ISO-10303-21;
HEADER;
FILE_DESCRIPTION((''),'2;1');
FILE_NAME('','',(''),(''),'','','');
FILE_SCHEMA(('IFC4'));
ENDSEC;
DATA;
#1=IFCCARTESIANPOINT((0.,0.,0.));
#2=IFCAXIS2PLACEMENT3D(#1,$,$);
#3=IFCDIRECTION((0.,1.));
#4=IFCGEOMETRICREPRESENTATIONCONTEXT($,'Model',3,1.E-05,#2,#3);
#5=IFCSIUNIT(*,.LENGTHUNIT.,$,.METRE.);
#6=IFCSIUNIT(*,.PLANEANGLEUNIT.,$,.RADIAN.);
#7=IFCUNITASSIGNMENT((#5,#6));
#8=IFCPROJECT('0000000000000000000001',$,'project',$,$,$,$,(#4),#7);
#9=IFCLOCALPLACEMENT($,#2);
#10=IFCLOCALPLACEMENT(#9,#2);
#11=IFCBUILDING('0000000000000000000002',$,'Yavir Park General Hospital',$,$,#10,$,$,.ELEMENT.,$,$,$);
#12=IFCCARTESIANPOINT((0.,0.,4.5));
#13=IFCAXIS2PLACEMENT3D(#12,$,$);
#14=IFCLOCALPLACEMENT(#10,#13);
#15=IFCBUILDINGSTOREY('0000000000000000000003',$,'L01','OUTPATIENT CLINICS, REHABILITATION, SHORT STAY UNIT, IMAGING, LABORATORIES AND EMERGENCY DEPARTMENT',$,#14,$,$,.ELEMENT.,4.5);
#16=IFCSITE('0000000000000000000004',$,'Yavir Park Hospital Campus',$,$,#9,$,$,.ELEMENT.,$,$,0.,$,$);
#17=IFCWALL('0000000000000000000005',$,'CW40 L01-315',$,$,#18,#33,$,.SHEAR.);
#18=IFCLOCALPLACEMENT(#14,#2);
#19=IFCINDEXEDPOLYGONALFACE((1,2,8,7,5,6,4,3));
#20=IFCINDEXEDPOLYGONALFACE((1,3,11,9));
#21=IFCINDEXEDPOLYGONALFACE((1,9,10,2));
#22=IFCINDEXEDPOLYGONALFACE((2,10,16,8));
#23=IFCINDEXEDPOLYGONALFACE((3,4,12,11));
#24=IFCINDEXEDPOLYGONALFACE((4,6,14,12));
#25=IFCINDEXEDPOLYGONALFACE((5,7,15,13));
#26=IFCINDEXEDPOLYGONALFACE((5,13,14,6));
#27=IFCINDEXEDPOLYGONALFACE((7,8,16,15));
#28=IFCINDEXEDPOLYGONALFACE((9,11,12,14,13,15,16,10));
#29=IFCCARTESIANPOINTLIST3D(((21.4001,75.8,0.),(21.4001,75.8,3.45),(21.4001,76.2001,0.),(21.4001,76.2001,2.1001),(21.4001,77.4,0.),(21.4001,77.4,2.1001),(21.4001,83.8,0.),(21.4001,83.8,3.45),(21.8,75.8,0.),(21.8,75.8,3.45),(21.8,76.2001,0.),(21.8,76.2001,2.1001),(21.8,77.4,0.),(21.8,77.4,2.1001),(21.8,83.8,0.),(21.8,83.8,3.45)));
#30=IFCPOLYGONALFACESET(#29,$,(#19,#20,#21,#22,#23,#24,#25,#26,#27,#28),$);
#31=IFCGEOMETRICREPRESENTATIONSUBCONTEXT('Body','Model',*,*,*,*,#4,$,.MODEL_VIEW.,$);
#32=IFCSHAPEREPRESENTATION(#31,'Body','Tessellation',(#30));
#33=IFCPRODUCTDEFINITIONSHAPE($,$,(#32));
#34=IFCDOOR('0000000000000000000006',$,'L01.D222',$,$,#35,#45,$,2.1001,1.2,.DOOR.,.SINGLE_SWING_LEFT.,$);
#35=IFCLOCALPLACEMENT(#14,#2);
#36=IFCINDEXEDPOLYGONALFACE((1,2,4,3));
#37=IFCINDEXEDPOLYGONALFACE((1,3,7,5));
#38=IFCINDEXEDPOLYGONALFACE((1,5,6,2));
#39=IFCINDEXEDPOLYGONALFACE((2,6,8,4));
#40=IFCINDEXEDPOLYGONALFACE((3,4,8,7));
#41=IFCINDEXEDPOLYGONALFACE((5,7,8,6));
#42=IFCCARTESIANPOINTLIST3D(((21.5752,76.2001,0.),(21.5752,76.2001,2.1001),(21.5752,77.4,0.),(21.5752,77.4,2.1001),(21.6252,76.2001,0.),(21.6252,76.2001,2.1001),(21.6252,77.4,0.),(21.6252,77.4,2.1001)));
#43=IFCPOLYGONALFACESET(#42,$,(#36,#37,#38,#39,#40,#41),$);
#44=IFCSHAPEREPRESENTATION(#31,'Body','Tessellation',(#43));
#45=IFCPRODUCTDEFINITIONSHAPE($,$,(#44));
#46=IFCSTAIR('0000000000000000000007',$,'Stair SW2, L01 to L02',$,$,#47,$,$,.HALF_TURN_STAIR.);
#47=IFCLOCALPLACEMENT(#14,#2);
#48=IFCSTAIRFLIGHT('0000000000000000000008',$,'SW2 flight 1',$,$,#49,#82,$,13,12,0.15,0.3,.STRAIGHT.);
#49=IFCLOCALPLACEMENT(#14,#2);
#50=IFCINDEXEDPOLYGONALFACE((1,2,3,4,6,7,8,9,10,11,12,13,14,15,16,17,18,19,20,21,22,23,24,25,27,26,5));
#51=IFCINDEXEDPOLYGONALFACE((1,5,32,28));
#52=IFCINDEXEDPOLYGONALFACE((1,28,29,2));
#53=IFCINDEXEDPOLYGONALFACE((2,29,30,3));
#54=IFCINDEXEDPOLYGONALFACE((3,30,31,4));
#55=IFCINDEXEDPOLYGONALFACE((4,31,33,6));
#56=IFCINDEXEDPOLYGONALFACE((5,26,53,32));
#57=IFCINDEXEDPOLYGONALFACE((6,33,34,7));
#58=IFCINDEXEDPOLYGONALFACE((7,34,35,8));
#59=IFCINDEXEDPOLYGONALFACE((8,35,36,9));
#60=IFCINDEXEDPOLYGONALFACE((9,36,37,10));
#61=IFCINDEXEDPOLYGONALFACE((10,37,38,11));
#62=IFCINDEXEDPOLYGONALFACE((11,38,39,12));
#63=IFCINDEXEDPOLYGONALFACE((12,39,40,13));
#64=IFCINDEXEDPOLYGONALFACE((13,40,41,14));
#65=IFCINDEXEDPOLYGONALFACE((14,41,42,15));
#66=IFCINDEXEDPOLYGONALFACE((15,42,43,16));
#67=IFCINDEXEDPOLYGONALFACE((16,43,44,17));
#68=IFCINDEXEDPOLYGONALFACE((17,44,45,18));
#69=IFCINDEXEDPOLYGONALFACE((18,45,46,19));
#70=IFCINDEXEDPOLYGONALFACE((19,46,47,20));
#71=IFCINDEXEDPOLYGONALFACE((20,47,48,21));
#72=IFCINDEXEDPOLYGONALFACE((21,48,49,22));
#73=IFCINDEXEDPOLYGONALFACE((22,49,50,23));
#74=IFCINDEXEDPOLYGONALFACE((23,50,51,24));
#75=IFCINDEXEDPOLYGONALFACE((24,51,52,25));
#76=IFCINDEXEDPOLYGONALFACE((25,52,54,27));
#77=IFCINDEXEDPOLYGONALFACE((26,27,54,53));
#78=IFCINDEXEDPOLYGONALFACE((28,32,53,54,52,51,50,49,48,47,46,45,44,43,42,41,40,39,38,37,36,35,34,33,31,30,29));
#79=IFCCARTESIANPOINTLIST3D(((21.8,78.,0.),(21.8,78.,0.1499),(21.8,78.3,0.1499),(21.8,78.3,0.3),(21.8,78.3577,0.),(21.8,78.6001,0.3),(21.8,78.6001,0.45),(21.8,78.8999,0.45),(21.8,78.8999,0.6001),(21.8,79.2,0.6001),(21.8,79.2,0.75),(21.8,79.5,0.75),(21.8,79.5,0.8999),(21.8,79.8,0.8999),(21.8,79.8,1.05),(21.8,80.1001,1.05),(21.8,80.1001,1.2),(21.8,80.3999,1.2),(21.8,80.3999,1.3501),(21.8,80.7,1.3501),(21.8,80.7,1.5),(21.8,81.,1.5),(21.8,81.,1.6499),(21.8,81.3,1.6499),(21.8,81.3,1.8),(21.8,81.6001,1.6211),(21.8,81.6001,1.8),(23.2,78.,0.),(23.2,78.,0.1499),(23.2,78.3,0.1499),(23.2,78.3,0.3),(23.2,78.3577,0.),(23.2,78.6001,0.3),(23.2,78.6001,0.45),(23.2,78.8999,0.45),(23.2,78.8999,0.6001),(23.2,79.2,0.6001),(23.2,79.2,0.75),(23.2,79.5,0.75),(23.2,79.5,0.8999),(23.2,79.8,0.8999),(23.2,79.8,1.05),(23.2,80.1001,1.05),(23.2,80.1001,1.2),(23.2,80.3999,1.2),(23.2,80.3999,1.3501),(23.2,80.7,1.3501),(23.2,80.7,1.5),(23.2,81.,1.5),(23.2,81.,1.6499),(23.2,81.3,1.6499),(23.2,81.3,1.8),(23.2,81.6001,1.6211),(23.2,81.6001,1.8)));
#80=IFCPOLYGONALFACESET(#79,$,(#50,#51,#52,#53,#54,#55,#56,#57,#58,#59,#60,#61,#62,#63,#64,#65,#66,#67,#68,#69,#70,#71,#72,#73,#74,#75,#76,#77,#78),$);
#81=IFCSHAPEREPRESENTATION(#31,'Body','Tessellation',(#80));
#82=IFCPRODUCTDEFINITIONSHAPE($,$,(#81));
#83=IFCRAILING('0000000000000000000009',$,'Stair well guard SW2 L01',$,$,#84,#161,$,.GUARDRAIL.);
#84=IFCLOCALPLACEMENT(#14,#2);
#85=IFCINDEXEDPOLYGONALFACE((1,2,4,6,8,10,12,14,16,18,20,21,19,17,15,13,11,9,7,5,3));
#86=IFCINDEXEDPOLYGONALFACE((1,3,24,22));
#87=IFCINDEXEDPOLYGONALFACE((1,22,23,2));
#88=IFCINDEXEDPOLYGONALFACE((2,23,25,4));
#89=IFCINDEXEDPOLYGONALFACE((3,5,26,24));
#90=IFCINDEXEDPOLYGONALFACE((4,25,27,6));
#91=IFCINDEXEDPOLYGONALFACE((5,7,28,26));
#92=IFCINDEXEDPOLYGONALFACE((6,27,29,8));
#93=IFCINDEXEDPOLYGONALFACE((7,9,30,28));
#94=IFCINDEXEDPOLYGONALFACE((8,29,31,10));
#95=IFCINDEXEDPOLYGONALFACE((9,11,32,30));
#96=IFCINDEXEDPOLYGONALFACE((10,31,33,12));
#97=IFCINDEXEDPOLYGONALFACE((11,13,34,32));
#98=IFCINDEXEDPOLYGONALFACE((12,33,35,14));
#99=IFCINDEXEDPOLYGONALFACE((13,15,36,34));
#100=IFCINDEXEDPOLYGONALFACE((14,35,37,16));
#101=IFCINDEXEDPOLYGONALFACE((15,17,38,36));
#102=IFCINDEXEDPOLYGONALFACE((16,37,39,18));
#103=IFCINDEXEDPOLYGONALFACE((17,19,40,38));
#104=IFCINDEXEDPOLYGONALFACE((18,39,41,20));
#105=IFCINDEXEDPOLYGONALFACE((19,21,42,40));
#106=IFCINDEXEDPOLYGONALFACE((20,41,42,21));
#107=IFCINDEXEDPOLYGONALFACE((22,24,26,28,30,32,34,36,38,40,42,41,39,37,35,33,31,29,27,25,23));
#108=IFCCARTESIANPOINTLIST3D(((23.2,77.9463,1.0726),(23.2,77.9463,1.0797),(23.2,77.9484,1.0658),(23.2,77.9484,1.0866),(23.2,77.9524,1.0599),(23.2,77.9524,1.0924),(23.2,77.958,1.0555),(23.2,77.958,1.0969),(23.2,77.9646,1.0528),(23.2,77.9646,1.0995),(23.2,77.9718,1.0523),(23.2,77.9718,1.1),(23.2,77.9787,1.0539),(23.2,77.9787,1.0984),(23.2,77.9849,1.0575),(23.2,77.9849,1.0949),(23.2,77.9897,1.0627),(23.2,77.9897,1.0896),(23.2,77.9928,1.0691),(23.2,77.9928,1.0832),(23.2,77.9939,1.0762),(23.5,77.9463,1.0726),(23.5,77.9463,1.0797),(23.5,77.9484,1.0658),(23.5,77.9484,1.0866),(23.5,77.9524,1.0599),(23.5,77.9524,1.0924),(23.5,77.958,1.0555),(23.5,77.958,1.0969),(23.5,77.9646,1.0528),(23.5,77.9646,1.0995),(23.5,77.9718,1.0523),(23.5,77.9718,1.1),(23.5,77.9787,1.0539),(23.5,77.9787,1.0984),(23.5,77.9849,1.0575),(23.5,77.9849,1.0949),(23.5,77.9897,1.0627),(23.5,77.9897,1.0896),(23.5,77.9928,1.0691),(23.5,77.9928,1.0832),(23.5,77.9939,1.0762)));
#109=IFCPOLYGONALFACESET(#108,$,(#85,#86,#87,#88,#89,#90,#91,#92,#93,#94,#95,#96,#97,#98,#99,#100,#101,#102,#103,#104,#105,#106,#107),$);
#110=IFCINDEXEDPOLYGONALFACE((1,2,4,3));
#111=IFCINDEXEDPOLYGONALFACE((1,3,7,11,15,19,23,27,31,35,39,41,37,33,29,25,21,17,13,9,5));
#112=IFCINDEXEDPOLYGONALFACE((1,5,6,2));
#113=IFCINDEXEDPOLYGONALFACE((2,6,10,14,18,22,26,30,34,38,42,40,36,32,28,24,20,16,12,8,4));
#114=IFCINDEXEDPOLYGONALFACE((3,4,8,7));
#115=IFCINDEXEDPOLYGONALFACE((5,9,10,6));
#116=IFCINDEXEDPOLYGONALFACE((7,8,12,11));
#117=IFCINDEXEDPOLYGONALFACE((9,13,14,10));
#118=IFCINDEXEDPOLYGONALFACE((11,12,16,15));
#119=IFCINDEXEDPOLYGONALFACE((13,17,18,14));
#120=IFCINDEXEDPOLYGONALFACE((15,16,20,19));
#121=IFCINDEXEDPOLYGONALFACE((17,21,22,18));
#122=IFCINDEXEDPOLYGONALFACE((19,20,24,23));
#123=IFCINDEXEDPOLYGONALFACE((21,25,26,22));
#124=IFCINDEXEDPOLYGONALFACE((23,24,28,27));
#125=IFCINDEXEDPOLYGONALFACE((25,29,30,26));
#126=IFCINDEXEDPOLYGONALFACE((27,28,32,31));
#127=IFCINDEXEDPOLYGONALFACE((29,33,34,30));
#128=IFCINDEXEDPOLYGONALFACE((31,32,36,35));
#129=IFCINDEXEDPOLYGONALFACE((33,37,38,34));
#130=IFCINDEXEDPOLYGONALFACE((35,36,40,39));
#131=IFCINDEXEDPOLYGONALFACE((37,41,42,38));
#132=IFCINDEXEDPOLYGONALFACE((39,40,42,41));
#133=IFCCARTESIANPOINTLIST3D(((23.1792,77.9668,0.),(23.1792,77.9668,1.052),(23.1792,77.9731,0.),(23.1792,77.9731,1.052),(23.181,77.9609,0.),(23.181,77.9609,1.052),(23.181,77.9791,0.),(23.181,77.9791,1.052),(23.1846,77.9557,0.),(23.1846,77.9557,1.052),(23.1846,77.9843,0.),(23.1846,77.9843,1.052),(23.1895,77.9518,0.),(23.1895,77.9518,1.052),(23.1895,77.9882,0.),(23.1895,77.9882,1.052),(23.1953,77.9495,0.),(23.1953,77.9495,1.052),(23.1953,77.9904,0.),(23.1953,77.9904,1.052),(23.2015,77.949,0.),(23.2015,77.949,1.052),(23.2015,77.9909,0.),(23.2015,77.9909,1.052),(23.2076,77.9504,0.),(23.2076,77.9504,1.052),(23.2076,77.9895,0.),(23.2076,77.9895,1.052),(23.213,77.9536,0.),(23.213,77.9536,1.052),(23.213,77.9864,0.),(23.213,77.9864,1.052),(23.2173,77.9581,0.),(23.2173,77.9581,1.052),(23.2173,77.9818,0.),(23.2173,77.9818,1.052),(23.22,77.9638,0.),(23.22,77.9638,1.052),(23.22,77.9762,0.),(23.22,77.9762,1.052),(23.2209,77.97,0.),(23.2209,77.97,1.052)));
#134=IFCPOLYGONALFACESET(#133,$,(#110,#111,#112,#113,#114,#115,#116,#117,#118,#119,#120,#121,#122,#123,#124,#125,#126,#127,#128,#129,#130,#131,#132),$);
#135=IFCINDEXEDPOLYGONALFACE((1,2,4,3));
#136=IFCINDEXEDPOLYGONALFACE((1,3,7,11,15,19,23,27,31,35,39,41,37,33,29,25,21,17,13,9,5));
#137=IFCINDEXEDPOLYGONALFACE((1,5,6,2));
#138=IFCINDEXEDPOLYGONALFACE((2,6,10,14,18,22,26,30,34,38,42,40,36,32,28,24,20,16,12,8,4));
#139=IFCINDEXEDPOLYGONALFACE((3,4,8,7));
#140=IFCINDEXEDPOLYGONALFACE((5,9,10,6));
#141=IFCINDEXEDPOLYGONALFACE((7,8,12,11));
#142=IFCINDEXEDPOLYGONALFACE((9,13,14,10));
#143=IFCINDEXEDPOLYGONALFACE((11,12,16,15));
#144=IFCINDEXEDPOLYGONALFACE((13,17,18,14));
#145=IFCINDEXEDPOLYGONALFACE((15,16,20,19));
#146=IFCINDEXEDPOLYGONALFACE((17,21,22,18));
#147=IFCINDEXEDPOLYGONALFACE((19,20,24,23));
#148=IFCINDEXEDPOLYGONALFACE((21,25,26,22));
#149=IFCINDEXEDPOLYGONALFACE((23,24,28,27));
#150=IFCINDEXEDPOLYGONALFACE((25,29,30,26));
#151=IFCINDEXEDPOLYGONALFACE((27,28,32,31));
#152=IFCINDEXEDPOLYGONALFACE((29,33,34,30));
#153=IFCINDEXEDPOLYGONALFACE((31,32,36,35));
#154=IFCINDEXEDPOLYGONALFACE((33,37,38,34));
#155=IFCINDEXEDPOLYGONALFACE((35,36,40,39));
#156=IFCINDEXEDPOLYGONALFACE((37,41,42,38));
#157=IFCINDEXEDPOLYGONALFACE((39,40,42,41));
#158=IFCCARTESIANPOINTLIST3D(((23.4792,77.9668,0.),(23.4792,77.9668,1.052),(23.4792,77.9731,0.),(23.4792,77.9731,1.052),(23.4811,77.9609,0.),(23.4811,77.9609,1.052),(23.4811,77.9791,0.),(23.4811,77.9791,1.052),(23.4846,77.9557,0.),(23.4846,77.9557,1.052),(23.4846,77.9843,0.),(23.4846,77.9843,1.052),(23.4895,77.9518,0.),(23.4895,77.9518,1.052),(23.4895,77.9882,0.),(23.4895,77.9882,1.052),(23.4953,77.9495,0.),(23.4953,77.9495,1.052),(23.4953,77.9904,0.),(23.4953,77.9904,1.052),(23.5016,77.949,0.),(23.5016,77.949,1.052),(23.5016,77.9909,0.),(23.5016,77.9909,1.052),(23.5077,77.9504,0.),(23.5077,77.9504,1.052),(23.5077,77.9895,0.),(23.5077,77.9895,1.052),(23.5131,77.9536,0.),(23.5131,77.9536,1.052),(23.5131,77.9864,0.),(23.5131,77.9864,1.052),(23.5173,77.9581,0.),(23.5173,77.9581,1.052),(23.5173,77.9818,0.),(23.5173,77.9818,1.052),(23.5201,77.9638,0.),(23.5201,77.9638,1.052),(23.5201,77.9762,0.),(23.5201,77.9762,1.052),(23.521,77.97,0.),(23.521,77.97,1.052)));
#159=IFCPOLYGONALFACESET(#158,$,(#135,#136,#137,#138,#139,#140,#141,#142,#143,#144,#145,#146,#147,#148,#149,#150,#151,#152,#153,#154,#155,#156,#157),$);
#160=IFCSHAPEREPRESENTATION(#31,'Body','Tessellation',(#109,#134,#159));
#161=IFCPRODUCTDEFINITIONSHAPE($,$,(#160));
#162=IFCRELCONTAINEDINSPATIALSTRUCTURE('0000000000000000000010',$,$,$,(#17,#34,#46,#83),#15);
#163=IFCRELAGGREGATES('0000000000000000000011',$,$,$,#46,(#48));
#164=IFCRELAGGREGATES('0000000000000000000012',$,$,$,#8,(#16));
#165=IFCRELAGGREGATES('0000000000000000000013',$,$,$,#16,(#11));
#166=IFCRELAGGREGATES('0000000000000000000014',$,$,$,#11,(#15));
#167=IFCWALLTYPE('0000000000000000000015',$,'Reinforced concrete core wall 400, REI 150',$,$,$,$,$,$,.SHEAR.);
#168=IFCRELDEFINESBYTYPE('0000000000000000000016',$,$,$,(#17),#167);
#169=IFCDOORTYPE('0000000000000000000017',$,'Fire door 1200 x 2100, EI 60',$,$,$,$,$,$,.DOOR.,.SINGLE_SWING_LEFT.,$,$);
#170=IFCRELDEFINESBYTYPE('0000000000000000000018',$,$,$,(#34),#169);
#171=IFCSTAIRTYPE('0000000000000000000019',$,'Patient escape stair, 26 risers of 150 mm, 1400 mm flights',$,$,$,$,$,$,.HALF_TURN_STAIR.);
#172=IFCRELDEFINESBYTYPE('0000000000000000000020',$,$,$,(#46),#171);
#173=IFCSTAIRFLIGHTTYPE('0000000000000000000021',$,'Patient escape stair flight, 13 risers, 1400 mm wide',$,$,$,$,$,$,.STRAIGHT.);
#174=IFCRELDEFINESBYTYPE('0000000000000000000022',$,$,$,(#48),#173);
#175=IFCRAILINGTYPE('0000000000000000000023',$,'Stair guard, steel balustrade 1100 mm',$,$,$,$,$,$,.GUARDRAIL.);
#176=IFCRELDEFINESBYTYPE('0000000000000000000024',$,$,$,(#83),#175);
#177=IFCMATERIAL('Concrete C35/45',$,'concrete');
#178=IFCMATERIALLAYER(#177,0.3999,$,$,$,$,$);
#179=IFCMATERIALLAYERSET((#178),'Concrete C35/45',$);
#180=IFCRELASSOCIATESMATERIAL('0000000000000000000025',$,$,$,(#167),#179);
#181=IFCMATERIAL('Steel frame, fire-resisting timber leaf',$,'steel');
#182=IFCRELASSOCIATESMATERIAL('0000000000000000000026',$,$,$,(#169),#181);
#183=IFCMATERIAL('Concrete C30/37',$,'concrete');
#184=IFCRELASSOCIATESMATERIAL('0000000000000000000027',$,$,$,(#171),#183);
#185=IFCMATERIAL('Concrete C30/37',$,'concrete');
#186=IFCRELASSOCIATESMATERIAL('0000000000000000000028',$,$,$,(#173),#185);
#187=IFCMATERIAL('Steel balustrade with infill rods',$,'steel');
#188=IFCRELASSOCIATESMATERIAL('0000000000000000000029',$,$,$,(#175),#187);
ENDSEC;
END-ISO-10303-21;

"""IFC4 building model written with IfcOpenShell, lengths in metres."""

from ifc_helpers import new_model, si_unit, direction, frame, frame_2d, origin, origin_2d, place, context, subcontext, project, spatial, polyline, rectangle, circle, outline, extrude, material, layer, layer_set, type_object, element, fill, aggregate, save


model = new_model("IFC4")

# Units and contexts
model_context = context("Model", 3, precision=1e-05, world=origin(), true_north=direction((0.0, 1.0)))
body_context = subcontext(model_context, "Body", "Model", "MODEL_VIEW")
ifc_project = project(units=[si_unit("LENGTHUNIT", "METRE"), si_unit("PLANEANGLEUNIT", "RADIAN")], contexts=[model_context])

# Site, building, storey
site_placement = place(None, origin())
site = spatial("IfcSite", under=ifc_project, at=site_placement, Name="Yavir Park Hospital Campus", CompositionType="ELEMENT", RefElevation=0.0)
building_placement = place(site_placement, origin())
building = spatial("IfcBuilding", under=site, at=building_placement, Name="Yavir Park General Hospital", CompositionType="ELEMENT")
storey_placement = place(building_placement, frame((0.0, 0.0, 4.5)))
storey = spatial("IfcBuildingStorey", under=building, at=storey_placement, Name="L01", Description="OUTPATIENT CLINICS, REHABILITATION, SHORT STAY UNIT, IMAGING, LABORATORIES AND EMERGENCY DEPARTMENT", CompositionType="ELEMENT", Elevation=4.5)

# Shared definitions
ifc_material_1 = material(Name="Concrete C35/45", Category="concrete")
ifc_layer_1 = layer(ifc_material_1, 0.3999)
ifc_layer_set_1 = layer_set([ifc_layer_1], Name="Concrete C35/45")
wall_type_1 = type_object("IfcWallType", Name="Reinforced concrete core wall 400, REI 150", PredefinedType="SHEAR", material=ifc_layer_set_1)

# Wall, opening, door
wall_1_placement = place(storey_placement, frame((21.6001, 75.8, 0.0), z_axis=(0.0, 0.0, 1.0), x_axis=(0.0, 1.0, 0.0)))
wall_1 = element("IfcWall", 1, at=wall_1_placement, inside=storey, type_object=wall_type_1, Name="CW40 L01-315", PredefinedType="SHEAR", context=body_context, shape_type="SweptSolid", body=[
    extrude(rectangle(XDim=8.0, YDim=0.3999, at=frame_2d((4.0, 0.0))), origin(), (0.0, 0.0, 1.0), 3.45),
])
opening_1_placement = place(wall_1_placement, frame((0.3999, 0.0, 0.0)))
opening_1 = element("IfcOpeningElement", 2, at=opening_1_placement, cuts=wall_1, PredefinedType="OPENING", context=body_context, shape_type="SweptSolid", body=[
    extrude(rectangle(XDim=1.2, YDim=2.1001, at=frame_2d((0.6001, 1.05))), frame((0.0, 0.21, 0.0), z_axis=(0.0, -1.0, 0.0), x_axis=(1.0, 0.0, 0.0)), (0.0, 0.0, 1.0), 0.4199),
])
ifc_material_2 = material(Name="Steel frame, fire-resisting timber leaf", Category="steel")
door_type_1 = type_object("IfcDoorType", Name="Fire door 1200 x 2100, EI 60", OperationType="SINGLE_SWING_LEFT", PredefinedType="DOOR", material=ifc_material_2)
door_1_placement = place(opening_1_placement, origin())
door_1 = element("IfcDoor", 3, at=door_1_placement, inside=storey, type_object=door_type_1, Name="L01.D222", OperationType="SINGLE_SWING_LEFT", OverallHeight=2.1001, OverallWidth=1.2, PredefinedType="DOOR", context=body_context, shape_type="SweptSolid", body=[
    extrude(rectangle(XDim=1.2, YDim=2.1001, at=frame_2d((0.6001, 1.05))), frame((0.0, 0.0249, 0.0), z_axis=(0.0, -1.0, 0.0), x_axis=(1.0, 0.0, 0.0)), (0.0, 0.0, 1.0), 0.05),
])
fill(opening_1, door_1)

# Stair, stair flight
ifc_material_3 = material(Name="Concrete C30/37", Category="concrete")
stair_type = type_object("IfcStairType", Name="Patient escape stair, 26 risers of 150 mm, 1400 mm flights", PredefinedType="HALF_TURN_STAIR", material=ifc_material_3)
stair_placement = place(storey_placement, origin())
stair = element("IfcStair", 4, at=stair_placement, inside=storey, type_object=stair_type, Name="Stair SW2, L01 to L02", PredefinedType="HALF_TURN_STAIR")
ifc_material_4 = material(Name="Concrete C30/37", Category="concrete")
stair_flight_type = type_object("IfcStairFlightType", Name="Patient escape stair flight, 13 risers, 1400 mm wide", PredefinedType="STRAIGHT", material=ifc_material_4)
stair_flight_placement = place(storey_placement, frame((22.5, 78.0, 0.0), z_axis=(0.0, 0.0, 1.0), x_axis=(0.0, 1.0, 0.0)))
stair_flight = element("IfcStairFlight", 5, at=stair_flight_placement, type_object=stair_flight_type, Name="SW2 flight 1", NumberOfRisers=13, NumberOfTreads=12, PredefinedType="STRAIGHT", RiserHeight=0.15, TreadLength=0.3, context=body_context, shape_type="SweptSolid", body=[
    extrude(outline(polyline([(0.0, 0.0), (0.0, 0.1499), (0.3, 0.1499), (0.3, 0.3), (0.6001, 0.3), (0.6001, 0.45), (0.8999, 0.45), (0.8999, 0.6001), (1.2, 0.6001), (1.2, 0.75), (1.5, 0.75), (1.5, 0.8999), (1.8, 0.8999), (1.8, 1.05), (2.1001, 1.05), (2.1001, 1.2), (2.3999, 1.2), (2.3999, 1.3501), (2.7, 1.3501), (2.7, 1.5), (3.0, 1.5), (3.0, 1.6499), (3.3, 1.6499), (3.3, 1.8), (3.6001, 1.8), (3.6001, 1.95), (3.6001, 1.6211), (0.3577, 0.0), (0.0, 0.0)])), frame((0.0, 0.7, 0.0), z_axis=(0.0, -1.0, 0.0), x_axis=(1.0, 0.0, 0.0)), (0.0, 0.0, 1.0), 1.3999),
])
aggregate(stair, [stair_flight])

# Railing
ifc_material_5 = material(Name="Steel balustrade with infill rods", Category="steel")
railing_type_1 = type_object("IfcRailingType", Name="Stair guard, steel balustrade 1100 mm", PredefinedType="GUARDRAIL", material=ifc_material_5)
railing_placement = place(storey_placement, frame((23.2, 77.97, 0.0)))
element("IfcRailing", 6, at=railing_placement, inside=storey, type_object=railing_type_1, Name="Stair well guard SW2 L01", PredefinedType="GUARDRAIL", context=body_context, shape_type="SweptSolid", body=[
    extrude(circle(Radius=0.0239, at=origin_2d()), frame((0.0, 0.0, 1.0762), z_axis=(1.0, 0.0, 0.0), x_axis=(0.0, 1.0, 0.0)), (0.0, 0.0, 1.0), 0.3),
    extrude(circle(Radius=0.021, at=origin_2d()), origin(), (0.0, 0.0, 1.0), 1.052),
    extrude(circle(Radius=0.021, at=origin_2d()), frame((0.3, 0.0, 0.0)), (0.0, 0.0, 1.0), 1.052),
])

save(model, "model.ifc")
